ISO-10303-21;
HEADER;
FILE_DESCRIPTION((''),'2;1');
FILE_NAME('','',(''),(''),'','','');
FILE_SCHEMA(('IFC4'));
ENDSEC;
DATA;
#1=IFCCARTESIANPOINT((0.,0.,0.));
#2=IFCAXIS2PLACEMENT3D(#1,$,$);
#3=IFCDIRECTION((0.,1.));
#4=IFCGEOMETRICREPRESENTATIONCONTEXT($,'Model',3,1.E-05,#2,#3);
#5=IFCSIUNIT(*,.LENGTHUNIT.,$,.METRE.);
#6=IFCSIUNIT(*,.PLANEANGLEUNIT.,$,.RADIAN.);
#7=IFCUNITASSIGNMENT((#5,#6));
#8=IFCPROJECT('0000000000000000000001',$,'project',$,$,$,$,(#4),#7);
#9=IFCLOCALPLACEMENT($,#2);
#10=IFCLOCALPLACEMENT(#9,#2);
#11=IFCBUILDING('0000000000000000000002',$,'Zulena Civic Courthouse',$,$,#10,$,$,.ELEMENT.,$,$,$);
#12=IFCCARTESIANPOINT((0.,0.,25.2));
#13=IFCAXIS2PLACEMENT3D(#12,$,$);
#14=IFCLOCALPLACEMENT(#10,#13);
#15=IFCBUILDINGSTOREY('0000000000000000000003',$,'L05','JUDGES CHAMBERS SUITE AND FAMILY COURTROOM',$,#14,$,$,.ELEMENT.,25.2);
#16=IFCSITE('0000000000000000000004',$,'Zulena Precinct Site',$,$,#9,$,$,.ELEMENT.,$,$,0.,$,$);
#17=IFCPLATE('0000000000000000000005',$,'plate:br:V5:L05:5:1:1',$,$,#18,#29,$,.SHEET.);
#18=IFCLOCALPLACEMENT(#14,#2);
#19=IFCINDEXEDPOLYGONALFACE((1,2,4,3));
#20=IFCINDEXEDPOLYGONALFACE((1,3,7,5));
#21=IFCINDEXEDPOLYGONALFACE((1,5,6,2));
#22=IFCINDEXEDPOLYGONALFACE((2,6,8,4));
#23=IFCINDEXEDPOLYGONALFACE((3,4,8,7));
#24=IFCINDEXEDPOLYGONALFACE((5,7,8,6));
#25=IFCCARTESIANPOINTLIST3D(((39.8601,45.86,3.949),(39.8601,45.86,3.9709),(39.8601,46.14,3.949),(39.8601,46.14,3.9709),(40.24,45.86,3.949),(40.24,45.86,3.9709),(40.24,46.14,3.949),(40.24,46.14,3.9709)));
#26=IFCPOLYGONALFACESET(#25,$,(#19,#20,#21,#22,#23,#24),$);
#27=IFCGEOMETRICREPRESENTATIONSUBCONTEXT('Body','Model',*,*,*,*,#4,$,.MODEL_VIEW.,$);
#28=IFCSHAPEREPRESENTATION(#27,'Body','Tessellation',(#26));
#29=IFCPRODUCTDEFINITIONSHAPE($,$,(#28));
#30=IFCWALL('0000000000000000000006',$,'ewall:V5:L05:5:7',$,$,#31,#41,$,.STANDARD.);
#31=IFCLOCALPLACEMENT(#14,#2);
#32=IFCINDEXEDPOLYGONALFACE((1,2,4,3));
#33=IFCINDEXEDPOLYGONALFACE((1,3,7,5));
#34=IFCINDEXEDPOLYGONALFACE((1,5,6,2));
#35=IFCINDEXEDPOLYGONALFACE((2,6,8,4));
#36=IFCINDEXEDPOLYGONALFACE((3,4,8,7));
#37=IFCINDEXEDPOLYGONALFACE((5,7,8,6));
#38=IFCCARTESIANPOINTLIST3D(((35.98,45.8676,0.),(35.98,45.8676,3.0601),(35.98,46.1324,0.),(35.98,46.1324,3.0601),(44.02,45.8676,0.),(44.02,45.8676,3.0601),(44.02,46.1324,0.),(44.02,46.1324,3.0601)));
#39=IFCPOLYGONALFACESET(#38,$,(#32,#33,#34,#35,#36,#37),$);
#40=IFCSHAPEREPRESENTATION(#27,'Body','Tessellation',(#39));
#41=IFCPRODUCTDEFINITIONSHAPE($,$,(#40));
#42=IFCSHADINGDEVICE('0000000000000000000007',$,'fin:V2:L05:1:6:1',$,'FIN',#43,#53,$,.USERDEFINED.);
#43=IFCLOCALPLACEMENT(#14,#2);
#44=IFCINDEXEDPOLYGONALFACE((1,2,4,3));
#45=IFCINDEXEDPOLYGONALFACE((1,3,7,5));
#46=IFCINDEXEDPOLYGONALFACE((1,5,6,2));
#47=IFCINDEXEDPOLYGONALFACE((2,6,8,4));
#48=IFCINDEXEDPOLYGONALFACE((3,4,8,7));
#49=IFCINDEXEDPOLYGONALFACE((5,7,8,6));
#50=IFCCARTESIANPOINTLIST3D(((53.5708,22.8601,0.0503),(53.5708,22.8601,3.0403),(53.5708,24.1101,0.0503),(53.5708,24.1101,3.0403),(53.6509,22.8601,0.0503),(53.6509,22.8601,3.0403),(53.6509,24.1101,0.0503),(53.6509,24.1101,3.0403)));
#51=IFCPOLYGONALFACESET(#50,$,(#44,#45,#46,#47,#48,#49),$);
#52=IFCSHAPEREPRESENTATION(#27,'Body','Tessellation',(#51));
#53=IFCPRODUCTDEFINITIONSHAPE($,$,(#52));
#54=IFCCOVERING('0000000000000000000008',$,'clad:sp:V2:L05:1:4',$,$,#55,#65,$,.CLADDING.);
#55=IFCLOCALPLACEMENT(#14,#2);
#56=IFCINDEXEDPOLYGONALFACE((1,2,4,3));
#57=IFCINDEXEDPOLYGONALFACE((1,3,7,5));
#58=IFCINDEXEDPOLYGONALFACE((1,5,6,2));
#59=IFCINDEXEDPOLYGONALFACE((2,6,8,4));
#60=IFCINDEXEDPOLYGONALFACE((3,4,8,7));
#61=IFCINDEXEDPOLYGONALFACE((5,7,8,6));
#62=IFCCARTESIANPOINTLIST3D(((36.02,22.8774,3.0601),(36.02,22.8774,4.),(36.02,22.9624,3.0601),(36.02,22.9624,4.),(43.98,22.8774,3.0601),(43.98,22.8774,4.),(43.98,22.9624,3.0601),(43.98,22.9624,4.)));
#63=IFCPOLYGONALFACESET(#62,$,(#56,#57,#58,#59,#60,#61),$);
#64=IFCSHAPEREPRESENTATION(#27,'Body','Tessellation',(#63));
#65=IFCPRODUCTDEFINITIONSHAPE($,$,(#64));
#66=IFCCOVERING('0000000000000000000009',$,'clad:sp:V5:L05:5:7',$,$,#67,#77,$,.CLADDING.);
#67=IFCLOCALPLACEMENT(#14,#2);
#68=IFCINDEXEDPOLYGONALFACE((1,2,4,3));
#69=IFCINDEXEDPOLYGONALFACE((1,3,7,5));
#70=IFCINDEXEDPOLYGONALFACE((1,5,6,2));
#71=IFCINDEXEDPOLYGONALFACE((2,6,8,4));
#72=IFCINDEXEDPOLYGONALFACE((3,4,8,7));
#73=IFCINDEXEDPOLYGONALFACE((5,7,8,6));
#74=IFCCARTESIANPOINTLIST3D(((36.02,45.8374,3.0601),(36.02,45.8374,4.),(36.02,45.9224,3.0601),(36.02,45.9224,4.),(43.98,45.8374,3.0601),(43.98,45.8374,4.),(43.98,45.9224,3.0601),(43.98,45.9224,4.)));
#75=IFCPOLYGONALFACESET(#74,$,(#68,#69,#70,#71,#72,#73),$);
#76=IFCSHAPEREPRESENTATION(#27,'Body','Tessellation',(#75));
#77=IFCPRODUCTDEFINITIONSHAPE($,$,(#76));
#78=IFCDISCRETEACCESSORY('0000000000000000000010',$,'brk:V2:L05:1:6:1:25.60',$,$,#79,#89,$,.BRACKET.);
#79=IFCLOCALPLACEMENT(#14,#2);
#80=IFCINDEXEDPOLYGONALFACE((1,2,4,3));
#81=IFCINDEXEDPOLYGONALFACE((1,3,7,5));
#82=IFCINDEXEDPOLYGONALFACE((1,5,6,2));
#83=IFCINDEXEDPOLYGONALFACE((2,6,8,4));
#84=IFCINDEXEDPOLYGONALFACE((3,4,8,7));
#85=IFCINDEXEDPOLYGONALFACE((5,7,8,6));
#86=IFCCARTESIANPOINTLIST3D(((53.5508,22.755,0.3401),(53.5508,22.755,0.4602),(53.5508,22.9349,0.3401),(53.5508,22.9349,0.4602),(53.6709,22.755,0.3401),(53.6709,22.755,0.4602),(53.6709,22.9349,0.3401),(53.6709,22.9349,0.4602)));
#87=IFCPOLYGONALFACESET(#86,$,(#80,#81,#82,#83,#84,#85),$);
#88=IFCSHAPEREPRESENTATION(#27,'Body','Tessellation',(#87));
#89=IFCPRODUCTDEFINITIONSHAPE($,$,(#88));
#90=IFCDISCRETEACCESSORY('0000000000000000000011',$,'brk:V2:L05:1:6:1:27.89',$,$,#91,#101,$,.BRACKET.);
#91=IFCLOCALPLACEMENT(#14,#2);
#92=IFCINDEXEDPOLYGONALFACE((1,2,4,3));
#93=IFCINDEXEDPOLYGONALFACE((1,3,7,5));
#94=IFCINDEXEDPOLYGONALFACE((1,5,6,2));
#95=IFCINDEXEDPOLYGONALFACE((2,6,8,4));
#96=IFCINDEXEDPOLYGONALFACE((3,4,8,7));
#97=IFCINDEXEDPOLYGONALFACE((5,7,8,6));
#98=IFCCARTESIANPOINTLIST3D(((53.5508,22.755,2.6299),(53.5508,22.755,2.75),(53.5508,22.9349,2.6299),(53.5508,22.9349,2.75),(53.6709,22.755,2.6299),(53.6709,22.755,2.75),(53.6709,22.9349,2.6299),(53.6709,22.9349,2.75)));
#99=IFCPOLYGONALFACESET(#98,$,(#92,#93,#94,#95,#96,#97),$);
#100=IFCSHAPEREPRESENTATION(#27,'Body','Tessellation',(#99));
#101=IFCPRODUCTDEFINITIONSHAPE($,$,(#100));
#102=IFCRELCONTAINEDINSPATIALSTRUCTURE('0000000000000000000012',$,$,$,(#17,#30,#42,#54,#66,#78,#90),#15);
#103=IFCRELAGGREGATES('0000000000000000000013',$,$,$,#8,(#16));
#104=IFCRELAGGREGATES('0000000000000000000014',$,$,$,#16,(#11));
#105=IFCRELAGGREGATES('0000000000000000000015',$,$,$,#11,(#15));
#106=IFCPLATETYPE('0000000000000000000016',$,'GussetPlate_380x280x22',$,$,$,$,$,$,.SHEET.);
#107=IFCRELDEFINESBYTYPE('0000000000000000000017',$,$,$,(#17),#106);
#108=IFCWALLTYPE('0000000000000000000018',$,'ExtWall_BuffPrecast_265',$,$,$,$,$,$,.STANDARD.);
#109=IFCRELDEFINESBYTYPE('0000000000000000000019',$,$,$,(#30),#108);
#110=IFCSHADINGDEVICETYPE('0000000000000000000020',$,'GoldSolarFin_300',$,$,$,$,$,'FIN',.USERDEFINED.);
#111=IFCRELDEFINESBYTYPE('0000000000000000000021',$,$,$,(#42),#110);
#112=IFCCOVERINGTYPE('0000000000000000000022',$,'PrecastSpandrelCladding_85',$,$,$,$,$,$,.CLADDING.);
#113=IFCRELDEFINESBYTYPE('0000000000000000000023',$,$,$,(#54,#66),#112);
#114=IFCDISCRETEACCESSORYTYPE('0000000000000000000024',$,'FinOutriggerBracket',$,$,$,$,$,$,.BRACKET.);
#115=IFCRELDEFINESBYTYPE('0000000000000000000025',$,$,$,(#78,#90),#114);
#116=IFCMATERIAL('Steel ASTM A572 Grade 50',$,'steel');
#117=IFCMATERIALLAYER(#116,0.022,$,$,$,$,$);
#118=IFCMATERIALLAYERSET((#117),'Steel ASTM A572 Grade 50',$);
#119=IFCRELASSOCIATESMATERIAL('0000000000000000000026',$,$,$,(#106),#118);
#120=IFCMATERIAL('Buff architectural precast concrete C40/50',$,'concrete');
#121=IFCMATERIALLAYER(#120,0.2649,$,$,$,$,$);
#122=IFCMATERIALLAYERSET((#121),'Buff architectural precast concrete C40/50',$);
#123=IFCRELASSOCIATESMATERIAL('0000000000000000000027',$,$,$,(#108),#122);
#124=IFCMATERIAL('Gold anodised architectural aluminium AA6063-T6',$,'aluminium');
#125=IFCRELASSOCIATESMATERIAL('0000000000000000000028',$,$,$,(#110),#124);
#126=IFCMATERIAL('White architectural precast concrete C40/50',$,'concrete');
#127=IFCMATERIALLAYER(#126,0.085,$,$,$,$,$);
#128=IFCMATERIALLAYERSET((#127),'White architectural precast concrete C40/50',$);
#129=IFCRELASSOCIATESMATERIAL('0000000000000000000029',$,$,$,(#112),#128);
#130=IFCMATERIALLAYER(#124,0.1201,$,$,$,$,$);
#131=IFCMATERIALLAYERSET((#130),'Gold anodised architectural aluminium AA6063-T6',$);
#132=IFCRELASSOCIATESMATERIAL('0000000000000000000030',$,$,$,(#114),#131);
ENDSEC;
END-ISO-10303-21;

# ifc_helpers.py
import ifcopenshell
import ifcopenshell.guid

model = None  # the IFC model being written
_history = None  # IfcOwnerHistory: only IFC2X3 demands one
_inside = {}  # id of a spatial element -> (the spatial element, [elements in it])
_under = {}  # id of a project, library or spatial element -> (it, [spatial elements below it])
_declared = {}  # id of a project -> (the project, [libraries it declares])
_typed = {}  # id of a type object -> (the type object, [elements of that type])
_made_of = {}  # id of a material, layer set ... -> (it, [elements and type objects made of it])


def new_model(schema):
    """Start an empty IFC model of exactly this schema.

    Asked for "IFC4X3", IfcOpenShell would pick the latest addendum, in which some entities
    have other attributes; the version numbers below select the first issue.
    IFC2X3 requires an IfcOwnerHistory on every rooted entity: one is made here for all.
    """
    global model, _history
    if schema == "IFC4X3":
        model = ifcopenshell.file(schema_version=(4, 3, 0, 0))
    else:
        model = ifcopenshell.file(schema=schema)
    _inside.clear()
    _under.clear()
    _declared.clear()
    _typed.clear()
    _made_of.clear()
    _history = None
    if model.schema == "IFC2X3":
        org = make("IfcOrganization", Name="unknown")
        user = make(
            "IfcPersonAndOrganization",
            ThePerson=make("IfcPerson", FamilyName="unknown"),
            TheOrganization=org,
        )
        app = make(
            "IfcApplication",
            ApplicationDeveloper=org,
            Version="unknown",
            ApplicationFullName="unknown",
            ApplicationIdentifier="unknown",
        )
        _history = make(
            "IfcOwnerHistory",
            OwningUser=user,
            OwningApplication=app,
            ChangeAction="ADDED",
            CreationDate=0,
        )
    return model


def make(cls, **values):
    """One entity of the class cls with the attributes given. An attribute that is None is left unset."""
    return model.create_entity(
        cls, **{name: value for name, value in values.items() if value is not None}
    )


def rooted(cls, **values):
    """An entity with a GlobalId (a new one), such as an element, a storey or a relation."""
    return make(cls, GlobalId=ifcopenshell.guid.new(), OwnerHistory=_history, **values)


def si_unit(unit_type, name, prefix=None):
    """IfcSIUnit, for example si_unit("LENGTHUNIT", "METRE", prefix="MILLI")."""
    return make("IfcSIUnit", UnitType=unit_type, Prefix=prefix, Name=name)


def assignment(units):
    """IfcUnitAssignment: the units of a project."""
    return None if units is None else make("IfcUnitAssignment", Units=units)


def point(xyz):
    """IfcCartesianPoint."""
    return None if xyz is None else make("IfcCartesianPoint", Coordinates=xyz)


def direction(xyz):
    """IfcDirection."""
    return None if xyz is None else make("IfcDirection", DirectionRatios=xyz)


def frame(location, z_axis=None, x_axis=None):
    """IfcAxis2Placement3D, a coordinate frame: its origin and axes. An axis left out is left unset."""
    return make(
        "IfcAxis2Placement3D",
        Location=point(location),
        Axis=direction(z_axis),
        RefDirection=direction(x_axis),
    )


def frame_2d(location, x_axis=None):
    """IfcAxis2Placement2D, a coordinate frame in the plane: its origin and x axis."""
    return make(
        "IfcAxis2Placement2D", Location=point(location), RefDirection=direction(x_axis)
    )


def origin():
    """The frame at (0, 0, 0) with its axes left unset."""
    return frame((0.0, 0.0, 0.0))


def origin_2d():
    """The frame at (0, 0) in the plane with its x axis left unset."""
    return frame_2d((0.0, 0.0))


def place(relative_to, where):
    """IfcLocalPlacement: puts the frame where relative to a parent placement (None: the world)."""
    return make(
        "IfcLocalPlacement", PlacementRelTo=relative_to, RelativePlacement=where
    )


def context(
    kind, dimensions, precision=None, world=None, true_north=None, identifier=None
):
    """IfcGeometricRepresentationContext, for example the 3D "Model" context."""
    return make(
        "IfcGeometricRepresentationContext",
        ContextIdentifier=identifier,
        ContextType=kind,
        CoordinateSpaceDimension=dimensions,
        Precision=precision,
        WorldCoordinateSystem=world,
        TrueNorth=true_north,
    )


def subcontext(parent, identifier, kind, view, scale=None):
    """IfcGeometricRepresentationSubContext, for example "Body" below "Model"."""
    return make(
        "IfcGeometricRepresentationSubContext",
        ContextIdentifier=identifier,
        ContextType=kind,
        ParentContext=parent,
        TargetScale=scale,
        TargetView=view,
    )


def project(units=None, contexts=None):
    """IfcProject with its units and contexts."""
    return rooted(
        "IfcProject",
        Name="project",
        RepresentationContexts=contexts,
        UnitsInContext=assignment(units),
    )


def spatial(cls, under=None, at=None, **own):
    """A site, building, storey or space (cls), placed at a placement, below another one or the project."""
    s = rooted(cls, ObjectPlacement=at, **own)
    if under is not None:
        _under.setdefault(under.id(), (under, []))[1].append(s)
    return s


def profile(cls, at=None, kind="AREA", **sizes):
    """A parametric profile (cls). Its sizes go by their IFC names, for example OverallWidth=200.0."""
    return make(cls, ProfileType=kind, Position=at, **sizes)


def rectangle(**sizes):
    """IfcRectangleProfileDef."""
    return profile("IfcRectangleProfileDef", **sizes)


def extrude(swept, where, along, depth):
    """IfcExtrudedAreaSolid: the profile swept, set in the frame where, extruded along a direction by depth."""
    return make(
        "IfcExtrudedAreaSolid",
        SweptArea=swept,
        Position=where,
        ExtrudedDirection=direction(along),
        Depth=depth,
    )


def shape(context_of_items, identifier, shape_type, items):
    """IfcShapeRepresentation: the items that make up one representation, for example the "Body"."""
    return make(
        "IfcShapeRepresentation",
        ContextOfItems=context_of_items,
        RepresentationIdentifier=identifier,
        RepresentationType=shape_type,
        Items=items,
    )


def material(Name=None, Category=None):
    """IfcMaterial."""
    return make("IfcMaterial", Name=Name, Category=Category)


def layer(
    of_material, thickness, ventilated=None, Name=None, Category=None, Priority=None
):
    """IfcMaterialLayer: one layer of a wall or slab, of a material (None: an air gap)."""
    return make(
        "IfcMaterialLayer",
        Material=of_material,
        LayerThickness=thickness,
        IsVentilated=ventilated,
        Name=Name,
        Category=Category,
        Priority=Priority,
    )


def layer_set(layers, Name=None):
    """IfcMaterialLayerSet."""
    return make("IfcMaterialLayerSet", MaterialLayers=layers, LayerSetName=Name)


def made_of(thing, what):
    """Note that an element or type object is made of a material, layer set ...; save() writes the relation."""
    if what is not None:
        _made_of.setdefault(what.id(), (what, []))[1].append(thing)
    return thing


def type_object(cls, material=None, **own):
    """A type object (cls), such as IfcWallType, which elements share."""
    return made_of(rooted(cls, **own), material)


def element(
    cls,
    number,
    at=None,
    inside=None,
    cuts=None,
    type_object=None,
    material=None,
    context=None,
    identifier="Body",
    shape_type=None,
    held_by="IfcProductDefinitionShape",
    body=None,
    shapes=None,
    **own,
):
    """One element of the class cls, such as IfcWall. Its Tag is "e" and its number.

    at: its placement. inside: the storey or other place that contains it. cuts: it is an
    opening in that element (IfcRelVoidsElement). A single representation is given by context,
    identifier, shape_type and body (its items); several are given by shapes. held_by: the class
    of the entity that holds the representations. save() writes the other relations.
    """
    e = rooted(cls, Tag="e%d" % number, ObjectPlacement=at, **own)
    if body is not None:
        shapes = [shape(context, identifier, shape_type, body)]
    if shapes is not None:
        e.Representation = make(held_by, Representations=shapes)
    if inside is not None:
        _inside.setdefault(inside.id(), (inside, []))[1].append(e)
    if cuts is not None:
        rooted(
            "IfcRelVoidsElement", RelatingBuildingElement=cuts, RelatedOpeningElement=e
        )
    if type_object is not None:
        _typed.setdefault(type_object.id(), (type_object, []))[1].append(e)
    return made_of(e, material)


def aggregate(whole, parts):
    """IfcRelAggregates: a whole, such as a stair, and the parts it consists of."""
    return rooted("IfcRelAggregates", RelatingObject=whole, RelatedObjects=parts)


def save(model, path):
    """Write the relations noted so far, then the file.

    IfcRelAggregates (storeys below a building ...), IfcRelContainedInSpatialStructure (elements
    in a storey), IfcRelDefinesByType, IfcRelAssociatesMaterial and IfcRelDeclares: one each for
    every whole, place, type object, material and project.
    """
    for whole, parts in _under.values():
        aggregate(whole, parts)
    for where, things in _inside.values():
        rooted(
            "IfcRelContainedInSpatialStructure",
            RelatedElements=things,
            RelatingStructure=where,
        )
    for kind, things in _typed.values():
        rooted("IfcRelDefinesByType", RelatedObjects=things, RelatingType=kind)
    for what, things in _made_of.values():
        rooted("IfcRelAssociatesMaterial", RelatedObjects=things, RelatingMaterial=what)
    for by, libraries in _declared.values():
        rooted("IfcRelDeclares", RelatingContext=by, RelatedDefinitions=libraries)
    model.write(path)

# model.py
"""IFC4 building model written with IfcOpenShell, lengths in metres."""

from ifc_helpers import new_model, si_unit, direction, frame, frame_2d, origin, origin_2d, place, context, subcontext, project, spatial, rectangle, extrude, material, layer, layer_set, type_object, element, save


model = new_model("IFC4")

# Units and contexts
model_context = context("Model", 3, precision=1e-05, world=origin(), true_north=direction((0.0, 1.0)))
body_context = subcontext(model_context, "Body", "Model", "MODEL_VIEW")
ifc_project = project(units=[si_unit("LENGTHUNIT", "METRE"), si_unit("PLANEANGLEUNIT", "RADIAN")], contexts=[model_context])

# Site, building, storey
site_placement = place(None, origin())
site = spatial("IfcSite", under=ifc_project, at=site_placement, Name="Zulena Precinct Site", CompositionType="ELEMENT", RefElevation=0.0)
building_placement = place(site_placement, origin())
building = spatial("IfcBuilding", under=site, at=building_placement, Name="Zulena Civic Courthouse", CompositionType="ELEMENT")
storey_placement = place(building_placement, frame((0.0, 0.0, 25.2)))
storey = spatial("IfcBuildingStorey", under=building, at=storey_placement, Name="L05", Description="JUDGES CHAMBERS SUITE AND FAMILY COURTROOM", CompositionType="ELEMENT", Elevation=25.2)

# Plate
ifc_material_1 = material(Name="Steel ASTM A572 Grade 50", Category="steel")
ifc_layer_1 = layer(ifc_material_1, 0.022)
ifc_layer_set_1 = layer_set([ifc_layer_1], Name="Steel ASTM A572 Grade 50")
plate_type_1 = type_object("IfcPlateType", Name="GussetPlate_380x280x22", PredefinedType="SHEET", material=ifc_layer_set_1)
for number, where, z_axis, x_axis, name in (
    (1, (40.05, 46.0, 3.949), (0.0, 0.0, 1.0), (1.0, 0.0, 0.0), "plate:br:V5:L05:5:1:1"),
):
    element("IfcPlate", number, at=place(storey_placement, frame(where, z_axis=z_axis, x_axis=x_axis)), inside=storey, type_object=plate_type_1, Name=name, PredefinedType="SHEET", context=body_context, shape_type="SweptSolid", body=[
        extrude(rectangle(XDim=0.3799, YDim=0.28, at=origin_2d()), origin(), (0.0, 0.0, 1.0), 0.022),
    ])

# Wall
ifc_material_2 = material(Name="Buff architectural precast concrete C40/50", Category="concrete")
ifc_layer_2 = layer(ifc_material_2, 0.2649)
ifc_layer_set_2 = layer_set([ifc_layer_2], Name="Buff architectural precast concrete C40/50")
wall_type = type_object("IfcWallType", Name="ExtWall_BuffPrecast_265", PredefinedType="STANDARD", material=ifc_layer_set_2)
wall_placement = place(storey_placement, frame((44.02, 46.0, 0.0), z_axis=(0.0, 0.0, 1.0), x_axis=(-1.0, 0.0, 0.0)))
element("IfcWall", 2, at=wall_placement, inside=storey, type_object=wall_type, Name="ewall:V5:L05:5:7", PredefinedType="STANDARD", context=body_context, shape_type="SweptSolid", body=[
    extrude(rectangle(XDim=8.04, YDim=0.2649, at=frame_2d((4.02, 0.0))), origin(), (0.0, 0.0, 1.0), 3.0601),
])

# Shading device
ifc_material_3 = material(Name="Gold anodised architectural aluminium AA6063-T6", Category="aluminium")
shading_device_type = type_object("IfcShadingDeviceType", Name="GoldSolarFin_300", ElementType="FIN", PredefinedType="USERDEFINED", material=ifc_material_3)
shading_device_placement = place(storey_placement, frame((53.6108, 23.4851, 0.0503), z_axis=(0.0, 0.0, 1.0), x_axis=(0.0, 1.0, 0.0)))
element("IfcShadingDevice", 3, at=shading_device_placement, inside=storey, type_object=shading_device_type, Name="fin:V2:L05:1:6:1", ObjectType="FIN", PredefinedType="USERDEFINED", context=body_context, shape_type="SweptSolid", body=[
    extrude(rectangle(XDim=1.25, YDim=0.0801, at=origin_2d()), origin(), (0.0, 0.0, 1.0), 2.99),
])

# Coverings
ifc_material_4 = material(Name="White architectural precast concrete C40/50", Category="concrete")
ifc_layer_3 = layer(ifc_material_4, 0.085)
ifc_layer_set_3 = layer_set([ifc_layer_3], Name="White architectural precast concrete C40/50")
covering_type = type_object("IfcCoveringType", Name="PrecastSpandrelCladding_85", PredefinedType="CLADDING", material=ifc_layer_set_3)
for number, where, z_axis, x_axis, name in (
    (4, (40.0, 22.9199, 3.0601), (0.0, 0.0, 1.0), (1.0, 0.0, 0.0), "clad:sp:V2:L05:1:4"),
    (5, (40.0, 45.8799, 3.0601), (0.0, 0.0, 1.0), (-1.0, 0.0, 0.0), "clad:sp:V5:L05:5:7"),
):
    element("IfcCovering", number, at=place(storey_placement, frame(where, z_axis=z_axis, x_axis=x_axis)), inside=storey, type_object=covering_type, Name=name, PredefinedType="CLADDING", context=body_context, shape_type="SweptSolid", body=[
        extrude(rectangle(XDim=7.96, YDim=0.085, at=origin_2d()), origin(), (0.0, 0.0, 1.0), 0.9399),
    ])

# Discrete accessories
ifc_layer_4 = layer(ifc_material_3, 0.1201)
ifc_layer_set_4 = layer_set([ifc_layer_4], Name="Gold anodised architectural aluminium AA6063-T6")
discrete_accessory_type = type_object("IfcDiscreteAccessoryType", Name="FinOutriggerBracket", PredefinedType="BRACKET", material=ifc_layer_set_4)
for number, where, z_axis, x_axis, name in (
    (6, (53.6108, 22.845, 0.3401), (0.0, 0.0, 1.0), (0.0, 1.0, 0.0), "brk:V2:L05:1:6:1:25.60"),
    (7, (53.6108, 22.845, 2.6299), (0.0, 0.0, 1.0), (0.0, 1.0, 0.0), "brk:V2:L05:1:6:1:27.89"),
):
    element("IfcDiscreteAccessory", number, at=place(storey_placement, frame(where, z_axis=z_axis, x_axis=x_axis)), inside=storey, type_object=discrete_accessory_type, Name=name, PredefinedType="BRACKET", context=body_context, shape_type="SweptSolid", body=[
        extrude(rectangle(XDim=0.1799, YDim=0.1201, at=origin_2d()), origin(), (0.0, 0.0, 1.0), 0.1201),
    ])

save(model, "model.ifc")
